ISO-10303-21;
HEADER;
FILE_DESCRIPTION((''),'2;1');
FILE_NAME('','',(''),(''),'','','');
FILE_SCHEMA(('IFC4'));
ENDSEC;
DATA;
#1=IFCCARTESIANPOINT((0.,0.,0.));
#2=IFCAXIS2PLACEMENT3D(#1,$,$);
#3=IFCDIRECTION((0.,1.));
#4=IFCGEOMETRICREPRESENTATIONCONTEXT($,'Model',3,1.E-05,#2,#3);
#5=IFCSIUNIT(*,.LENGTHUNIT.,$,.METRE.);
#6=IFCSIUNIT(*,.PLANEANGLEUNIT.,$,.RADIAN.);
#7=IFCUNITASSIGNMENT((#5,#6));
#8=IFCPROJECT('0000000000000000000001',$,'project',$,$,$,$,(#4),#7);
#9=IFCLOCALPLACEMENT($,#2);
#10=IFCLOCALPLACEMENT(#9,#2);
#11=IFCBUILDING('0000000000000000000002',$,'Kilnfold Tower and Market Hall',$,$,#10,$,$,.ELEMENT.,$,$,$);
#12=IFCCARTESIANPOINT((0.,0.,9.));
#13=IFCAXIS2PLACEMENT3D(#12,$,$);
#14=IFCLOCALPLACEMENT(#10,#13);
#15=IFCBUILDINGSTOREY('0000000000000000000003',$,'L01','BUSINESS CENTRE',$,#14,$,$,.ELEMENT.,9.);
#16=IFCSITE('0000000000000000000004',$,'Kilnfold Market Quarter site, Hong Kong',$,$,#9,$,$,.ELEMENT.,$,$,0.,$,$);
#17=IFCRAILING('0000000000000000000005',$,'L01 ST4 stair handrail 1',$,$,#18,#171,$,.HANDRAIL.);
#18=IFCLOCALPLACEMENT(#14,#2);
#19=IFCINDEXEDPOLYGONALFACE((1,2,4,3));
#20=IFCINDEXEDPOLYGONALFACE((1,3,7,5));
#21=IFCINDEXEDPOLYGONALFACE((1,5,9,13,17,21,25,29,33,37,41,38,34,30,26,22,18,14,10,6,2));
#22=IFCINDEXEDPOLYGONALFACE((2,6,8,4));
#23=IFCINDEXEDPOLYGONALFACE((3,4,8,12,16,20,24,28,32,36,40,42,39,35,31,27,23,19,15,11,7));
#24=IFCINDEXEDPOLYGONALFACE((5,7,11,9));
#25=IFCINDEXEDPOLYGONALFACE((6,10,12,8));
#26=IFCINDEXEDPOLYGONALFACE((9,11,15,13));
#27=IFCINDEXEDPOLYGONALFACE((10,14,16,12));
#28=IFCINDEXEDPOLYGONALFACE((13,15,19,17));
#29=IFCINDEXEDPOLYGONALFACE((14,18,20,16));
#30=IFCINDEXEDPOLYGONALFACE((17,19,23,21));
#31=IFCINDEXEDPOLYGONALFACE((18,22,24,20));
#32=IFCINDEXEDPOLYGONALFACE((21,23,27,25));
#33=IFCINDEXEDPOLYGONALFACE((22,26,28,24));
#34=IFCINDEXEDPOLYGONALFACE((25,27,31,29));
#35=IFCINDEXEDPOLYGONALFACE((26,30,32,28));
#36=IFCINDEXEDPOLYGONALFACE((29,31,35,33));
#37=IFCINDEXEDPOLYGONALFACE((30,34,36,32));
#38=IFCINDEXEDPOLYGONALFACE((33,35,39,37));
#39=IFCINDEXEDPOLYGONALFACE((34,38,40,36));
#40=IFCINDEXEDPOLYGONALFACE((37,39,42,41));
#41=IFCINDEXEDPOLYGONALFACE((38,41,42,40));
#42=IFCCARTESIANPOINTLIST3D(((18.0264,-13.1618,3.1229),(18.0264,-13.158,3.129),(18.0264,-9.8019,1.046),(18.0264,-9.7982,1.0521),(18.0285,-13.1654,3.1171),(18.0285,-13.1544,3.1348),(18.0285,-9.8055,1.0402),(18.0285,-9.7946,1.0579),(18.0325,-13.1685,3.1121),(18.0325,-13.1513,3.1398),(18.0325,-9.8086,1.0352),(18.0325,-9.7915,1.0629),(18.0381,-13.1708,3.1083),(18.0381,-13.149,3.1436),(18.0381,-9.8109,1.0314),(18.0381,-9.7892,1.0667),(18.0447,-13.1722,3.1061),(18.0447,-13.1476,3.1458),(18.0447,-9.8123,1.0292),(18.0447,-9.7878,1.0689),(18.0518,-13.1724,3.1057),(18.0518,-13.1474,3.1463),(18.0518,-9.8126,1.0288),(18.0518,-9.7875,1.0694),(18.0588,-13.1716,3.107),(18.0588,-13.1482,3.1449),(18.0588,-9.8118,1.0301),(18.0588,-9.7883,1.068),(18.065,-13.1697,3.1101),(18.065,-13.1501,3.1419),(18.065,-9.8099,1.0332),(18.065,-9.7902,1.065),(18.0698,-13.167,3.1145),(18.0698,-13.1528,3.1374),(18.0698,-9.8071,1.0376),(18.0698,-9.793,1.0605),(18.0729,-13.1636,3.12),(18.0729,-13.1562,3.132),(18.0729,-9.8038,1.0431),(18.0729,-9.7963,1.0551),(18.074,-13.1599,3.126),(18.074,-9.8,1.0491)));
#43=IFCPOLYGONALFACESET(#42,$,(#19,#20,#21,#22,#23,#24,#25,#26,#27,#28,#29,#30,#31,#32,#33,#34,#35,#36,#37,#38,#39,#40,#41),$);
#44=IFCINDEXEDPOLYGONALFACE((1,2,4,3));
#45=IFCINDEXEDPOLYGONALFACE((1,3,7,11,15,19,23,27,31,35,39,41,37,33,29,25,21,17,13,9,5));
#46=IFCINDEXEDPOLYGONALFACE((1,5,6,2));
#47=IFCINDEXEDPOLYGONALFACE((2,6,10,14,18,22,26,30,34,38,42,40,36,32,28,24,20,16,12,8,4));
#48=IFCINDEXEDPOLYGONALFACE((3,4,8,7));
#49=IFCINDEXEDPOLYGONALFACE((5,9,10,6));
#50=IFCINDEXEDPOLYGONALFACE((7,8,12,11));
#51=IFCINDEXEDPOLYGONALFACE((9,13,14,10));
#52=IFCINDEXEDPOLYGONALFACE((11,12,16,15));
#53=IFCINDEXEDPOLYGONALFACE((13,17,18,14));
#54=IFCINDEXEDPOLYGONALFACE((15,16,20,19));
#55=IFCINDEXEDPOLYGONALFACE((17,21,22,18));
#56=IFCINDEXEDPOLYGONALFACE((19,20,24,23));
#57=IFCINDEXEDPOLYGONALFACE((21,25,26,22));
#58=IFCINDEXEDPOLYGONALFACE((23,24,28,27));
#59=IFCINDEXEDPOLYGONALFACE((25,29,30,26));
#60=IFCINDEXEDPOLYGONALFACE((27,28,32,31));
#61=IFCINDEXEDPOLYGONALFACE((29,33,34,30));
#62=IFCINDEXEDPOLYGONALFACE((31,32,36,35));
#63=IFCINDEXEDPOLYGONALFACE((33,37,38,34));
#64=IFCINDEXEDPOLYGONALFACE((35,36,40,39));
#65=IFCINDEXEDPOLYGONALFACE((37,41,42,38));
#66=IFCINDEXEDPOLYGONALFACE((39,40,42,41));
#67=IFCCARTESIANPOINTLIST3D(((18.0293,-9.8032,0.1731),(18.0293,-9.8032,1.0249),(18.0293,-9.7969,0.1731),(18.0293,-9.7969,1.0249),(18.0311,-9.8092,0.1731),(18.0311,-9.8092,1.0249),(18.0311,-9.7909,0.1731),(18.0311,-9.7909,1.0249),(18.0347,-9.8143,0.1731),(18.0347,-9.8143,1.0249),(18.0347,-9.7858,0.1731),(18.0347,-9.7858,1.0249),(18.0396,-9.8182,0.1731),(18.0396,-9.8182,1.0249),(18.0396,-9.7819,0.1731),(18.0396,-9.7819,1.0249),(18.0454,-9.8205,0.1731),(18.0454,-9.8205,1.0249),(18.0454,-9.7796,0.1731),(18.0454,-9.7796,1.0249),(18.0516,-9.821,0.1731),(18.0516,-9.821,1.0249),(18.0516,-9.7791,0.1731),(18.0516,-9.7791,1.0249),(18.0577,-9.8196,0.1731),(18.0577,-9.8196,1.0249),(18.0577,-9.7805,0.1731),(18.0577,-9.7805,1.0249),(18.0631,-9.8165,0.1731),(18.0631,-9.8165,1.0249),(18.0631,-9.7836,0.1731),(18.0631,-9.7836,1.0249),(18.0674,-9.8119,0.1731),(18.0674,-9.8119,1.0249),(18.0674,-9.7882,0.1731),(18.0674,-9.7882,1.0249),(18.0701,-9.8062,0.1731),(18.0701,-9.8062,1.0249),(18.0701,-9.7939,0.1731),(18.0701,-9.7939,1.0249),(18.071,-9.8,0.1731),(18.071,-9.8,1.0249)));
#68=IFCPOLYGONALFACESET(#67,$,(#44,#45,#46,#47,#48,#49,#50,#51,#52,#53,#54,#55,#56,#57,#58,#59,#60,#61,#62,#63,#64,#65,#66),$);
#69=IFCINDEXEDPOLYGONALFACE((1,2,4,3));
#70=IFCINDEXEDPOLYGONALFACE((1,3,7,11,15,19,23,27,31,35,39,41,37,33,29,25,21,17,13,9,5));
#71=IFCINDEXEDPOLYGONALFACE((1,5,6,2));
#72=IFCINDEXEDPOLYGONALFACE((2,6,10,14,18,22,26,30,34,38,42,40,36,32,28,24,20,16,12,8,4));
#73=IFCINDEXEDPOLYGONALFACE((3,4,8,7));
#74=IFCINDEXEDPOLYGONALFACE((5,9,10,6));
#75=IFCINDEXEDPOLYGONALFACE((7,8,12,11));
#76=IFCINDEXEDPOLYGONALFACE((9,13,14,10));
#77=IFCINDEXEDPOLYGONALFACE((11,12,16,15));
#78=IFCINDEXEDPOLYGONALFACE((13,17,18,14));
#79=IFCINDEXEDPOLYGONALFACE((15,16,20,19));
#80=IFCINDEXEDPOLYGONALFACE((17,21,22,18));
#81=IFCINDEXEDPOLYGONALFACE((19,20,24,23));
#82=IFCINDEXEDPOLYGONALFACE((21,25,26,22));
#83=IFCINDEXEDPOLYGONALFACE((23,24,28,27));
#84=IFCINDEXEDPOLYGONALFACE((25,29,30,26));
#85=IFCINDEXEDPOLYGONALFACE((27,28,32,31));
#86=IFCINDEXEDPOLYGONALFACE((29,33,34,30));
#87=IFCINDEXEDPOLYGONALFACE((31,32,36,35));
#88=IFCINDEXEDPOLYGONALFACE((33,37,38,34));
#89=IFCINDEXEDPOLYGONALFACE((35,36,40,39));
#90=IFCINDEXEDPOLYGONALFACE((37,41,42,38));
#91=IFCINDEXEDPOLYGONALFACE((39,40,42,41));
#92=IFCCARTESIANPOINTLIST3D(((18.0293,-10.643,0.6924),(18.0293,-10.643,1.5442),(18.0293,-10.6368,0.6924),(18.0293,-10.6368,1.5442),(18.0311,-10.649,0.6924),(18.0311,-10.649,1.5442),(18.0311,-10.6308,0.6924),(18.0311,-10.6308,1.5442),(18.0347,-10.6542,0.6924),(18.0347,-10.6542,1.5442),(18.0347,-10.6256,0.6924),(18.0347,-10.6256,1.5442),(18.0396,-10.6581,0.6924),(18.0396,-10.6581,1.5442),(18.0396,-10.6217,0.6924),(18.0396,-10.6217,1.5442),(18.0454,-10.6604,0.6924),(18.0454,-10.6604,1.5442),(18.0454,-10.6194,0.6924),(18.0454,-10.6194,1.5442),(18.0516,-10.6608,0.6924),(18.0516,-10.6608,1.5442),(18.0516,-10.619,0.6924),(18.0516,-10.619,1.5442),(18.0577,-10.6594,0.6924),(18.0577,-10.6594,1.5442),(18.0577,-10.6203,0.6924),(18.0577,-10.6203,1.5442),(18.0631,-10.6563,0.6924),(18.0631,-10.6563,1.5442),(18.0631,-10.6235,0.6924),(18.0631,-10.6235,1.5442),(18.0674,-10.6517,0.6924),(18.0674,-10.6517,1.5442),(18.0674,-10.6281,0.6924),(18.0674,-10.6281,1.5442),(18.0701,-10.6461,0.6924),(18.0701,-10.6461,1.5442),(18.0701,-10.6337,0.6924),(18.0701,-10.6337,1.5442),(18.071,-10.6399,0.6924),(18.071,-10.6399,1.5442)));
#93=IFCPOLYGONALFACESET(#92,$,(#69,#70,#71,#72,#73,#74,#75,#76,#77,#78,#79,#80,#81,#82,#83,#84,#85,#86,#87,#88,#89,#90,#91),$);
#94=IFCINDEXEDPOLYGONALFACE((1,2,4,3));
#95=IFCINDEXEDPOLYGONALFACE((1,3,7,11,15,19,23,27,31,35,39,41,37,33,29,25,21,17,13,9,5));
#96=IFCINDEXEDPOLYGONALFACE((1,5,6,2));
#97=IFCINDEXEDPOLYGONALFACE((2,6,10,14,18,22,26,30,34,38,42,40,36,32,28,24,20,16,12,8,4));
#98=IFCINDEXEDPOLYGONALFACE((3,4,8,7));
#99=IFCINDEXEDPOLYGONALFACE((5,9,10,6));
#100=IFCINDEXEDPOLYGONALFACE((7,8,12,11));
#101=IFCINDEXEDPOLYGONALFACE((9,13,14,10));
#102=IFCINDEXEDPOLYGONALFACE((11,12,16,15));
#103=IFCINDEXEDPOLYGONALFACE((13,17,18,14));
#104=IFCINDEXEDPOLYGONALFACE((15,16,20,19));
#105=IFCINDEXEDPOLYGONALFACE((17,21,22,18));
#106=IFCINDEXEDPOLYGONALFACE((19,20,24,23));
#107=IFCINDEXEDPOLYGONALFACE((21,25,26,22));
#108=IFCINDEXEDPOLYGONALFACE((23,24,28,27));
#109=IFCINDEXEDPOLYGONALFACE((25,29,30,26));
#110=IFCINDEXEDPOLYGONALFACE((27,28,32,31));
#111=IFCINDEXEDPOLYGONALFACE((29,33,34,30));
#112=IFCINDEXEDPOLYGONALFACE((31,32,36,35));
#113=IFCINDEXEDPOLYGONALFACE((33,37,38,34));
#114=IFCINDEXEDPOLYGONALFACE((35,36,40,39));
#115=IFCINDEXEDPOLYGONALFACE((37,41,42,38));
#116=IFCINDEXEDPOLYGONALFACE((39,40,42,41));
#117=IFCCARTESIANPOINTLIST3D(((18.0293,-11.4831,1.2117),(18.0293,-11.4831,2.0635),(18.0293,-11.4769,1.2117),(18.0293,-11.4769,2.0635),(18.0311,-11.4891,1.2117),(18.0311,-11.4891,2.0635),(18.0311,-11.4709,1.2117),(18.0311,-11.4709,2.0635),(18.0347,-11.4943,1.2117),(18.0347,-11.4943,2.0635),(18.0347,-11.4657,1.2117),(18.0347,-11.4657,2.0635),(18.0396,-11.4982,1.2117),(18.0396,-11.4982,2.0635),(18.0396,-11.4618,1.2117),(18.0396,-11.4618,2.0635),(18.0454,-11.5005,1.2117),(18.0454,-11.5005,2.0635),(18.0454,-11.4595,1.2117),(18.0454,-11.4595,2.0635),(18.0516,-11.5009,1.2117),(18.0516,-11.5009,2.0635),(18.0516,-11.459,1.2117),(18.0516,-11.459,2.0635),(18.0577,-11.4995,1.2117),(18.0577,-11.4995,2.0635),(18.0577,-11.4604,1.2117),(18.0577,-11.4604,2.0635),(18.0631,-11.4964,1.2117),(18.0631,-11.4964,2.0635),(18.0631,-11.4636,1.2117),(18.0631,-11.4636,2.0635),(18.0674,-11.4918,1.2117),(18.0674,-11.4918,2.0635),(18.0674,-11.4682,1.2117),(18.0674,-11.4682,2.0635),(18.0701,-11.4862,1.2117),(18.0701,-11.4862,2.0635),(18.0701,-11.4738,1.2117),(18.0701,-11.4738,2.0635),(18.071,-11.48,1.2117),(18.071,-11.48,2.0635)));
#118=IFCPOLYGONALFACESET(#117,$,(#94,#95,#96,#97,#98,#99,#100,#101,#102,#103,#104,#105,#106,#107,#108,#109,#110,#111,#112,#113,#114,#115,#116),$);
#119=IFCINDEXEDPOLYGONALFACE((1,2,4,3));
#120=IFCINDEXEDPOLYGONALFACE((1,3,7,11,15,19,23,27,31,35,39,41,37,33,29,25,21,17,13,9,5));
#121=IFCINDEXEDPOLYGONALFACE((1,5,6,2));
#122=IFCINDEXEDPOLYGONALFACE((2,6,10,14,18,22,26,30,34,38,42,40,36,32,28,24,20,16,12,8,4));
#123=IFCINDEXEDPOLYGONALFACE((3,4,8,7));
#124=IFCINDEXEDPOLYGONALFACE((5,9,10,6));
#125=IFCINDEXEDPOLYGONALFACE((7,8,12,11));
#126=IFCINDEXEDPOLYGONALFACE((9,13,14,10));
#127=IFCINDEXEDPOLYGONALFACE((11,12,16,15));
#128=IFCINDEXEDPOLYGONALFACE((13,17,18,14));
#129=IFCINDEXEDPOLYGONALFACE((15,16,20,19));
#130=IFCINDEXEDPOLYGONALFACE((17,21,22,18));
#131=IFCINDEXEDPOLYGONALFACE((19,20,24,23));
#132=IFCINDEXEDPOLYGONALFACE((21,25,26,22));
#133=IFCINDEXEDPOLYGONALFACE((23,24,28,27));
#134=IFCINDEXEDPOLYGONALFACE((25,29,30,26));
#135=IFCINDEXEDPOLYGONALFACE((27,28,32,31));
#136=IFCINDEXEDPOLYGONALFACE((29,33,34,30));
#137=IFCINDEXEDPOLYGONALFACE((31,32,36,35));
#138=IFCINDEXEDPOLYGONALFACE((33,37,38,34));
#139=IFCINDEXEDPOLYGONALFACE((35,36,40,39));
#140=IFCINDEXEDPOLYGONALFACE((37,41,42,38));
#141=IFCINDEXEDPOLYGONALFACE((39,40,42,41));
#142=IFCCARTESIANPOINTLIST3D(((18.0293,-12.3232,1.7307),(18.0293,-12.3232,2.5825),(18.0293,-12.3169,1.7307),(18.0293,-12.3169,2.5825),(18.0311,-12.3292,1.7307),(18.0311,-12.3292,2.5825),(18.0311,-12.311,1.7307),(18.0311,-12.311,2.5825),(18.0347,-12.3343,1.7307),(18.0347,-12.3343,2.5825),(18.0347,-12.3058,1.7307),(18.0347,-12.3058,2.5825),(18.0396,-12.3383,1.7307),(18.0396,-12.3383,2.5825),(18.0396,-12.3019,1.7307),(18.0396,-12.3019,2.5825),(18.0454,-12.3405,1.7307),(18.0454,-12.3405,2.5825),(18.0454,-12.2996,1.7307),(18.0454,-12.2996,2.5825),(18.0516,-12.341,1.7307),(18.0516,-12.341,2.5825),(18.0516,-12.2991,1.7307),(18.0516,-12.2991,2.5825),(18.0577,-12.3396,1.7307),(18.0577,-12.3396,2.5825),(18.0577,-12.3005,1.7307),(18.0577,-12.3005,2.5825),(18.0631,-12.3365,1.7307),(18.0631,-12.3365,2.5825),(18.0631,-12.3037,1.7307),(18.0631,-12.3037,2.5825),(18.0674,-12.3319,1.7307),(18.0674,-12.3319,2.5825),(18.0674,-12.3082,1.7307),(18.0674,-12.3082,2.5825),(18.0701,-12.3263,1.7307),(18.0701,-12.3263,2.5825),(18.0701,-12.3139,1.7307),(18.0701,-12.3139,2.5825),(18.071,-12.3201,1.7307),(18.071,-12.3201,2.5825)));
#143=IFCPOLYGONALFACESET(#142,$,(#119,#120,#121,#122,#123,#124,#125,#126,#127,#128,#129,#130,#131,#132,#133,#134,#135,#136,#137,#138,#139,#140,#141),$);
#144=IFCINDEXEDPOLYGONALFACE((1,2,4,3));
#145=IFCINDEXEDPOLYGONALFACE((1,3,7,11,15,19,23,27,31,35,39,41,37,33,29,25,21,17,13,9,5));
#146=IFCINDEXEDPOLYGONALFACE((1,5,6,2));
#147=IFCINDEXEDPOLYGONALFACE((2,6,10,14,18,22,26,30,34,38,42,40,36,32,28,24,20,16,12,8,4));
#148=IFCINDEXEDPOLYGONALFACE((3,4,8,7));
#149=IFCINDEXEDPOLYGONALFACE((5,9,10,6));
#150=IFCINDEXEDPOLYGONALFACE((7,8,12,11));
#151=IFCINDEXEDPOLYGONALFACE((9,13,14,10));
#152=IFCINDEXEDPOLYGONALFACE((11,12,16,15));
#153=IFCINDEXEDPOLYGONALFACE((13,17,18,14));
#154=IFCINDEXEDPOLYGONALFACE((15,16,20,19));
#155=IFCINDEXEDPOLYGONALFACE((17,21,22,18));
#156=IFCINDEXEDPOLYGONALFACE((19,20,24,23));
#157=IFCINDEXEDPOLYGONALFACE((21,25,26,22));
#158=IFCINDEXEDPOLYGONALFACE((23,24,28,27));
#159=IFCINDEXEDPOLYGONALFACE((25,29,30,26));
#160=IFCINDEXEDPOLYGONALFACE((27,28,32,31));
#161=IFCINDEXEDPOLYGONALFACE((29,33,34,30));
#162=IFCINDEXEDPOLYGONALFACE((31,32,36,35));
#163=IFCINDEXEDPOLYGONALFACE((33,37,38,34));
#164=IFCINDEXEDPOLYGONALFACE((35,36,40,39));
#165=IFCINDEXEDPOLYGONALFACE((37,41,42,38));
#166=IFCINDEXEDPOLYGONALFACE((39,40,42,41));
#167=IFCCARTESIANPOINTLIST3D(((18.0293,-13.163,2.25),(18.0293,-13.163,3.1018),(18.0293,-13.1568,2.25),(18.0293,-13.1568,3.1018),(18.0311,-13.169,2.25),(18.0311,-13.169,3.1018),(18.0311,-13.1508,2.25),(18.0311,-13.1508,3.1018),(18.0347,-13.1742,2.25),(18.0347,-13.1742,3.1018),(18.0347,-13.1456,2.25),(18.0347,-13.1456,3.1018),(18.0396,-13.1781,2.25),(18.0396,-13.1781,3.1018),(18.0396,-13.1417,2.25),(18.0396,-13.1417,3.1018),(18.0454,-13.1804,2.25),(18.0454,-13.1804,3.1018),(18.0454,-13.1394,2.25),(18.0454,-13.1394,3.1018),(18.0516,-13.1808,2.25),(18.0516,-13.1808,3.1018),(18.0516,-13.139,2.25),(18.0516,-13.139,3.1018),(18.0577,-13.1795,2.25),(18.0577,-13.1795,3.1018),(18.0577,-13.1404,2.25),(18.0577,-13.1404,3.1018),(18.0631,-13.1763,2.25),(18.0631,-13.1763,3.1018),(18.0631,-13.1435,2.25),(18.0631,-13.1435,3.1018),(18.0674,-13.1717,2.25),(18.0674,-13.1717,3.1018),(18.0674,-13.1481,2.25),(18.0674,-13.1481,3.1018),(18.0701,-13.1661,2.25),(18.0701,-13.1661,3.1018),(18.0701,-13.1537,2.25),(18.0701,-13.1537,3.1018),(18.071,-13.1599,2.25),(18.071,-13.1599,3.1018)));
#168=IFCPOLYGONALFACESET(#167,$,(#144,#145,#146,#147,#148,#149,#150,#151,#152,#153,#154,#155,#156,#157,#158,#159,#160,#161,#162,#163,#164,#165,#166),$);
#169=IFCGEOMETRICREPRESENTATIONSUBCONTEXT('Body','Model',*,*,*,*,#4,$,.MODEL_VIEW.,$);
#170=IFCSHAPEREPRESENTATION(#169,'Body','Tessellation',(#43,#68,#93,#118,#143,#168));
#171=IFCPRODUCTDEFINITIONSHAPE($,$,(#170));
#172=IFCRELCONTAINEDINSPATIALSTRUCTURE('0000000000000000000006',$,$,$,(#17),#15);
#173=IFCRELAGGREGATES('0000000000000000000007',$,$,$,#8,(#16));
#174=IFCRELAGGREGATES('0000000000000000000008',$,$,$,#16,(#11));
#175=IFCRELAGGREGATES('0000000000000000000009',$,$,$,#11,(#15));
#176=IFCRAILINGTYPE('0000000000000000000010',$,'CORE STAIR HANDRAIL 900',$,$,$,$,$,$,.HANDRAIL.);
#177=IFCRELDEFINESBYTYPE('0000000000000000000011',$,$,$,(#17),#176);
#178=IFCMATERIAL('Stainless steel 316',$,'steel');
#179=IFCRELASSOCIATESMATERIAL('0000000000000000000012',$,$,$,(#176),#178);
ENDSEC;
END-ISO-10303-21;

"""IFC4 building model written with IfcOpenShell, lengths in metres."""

from ifc_helpers import new_model, si_unit, direction, frame, origin, origin_2d, place, context, subcontext, project, spatial, circle, extrude, material, type_object, element, save


model = new_model("IFC4")

# Units and contexts
model_context = context("Model", 3, precision=1e-05, world=origin(), true_north=direction((0.0, 1.0)))
body_context = subcontext(model_context, "Body", "Model", "MODEL_VIEW")
ifc_project = project(units=[si_unit("LENGTHUNIT", "METRE"), si_unit("PLANEANGLEUNIT", "RADIAN")], contexts=[model_context])

# Site, building, storey
site_placement = place(None, origin())
site = spatial("IfcSite", under=ifc_project, at=site_placement, Name="Kilnfold Market Quarter site, Hong Kong", CompositionType="ELEMENT", RefElevation=0.0)
building_placement = place(site_placement, origin())
building = spatial("IfcBuilding", under=site, at=building_placement, Name="Kilnfold Tower and Market Hall", CompositionType="ELEMENT")
storey_placement = place(building_placement, frame((0.0, 0.0, 9.0)))
storey = spatial("IfcBuildingStorey", under=building, at=storey_placement, Name="L01", Description="BUSINESS CENTRE", CompositionType="ELEMENT", Elevation=9.0)

# Railing
ifc_material_1 = material(Name="Stainless steel 316", Category="steel")
railing_type_1 = type_object("IfcRailingType", Name="CORE STAIR HANDRAIL 900", PredefinedType="HANDRAIL", material=ifc_material_1)
railing_1_placement = place(storey_placement, frame((18.05, -9.8, 0.1731)))
element("IfcRailing", 1, at=railing_1_placement, inside=storey, type_object=railing_type_1, Name="L01 ST4 stair handrail 1", PredefinedType="HANDRAIL", context=body_context, shape_type="SweptSolid", body=[
    extrude(circle(Radius=0.0239, at=origin_2d()), frame((0.0, 0.0, 0.876), z_axis=(0.0, -0.850606, 0.525803), x_axis=(1.0, 0.0, 0.0)), (0.0, 0.0, 1.0), 3.95),
    extrude(circle(Radius=0.021, at=origin_2d()), origin(), (0.0, 0.0, 1.0), 0.8518),
    extrude(circle(Radius=0.021, at=origin_2d()), frame((0.0, -0.8398, 0.5193)), (0.0, 0.0, 1.0), 0.8518),
    extrude(circle(Radius=0.021, at=origin_2d()), frame((0.0, -1.6799, 1.0386)), (0.0, 0.0, 1.0), 0.8518),
    extrude(circle(Radius=0.021, at=origin_2d()), frame((0.0, -2.52, 1.5576)), (0.0, 0.0, 1.0), 0.8518),
    extrude(circle(Radius=0.021, at=origin_2d()), frame((0.0, -3.3599, 2.0769)), (0.0, 0.0, 1.0), 0.8518),
])

save(model, "model.ifc")
